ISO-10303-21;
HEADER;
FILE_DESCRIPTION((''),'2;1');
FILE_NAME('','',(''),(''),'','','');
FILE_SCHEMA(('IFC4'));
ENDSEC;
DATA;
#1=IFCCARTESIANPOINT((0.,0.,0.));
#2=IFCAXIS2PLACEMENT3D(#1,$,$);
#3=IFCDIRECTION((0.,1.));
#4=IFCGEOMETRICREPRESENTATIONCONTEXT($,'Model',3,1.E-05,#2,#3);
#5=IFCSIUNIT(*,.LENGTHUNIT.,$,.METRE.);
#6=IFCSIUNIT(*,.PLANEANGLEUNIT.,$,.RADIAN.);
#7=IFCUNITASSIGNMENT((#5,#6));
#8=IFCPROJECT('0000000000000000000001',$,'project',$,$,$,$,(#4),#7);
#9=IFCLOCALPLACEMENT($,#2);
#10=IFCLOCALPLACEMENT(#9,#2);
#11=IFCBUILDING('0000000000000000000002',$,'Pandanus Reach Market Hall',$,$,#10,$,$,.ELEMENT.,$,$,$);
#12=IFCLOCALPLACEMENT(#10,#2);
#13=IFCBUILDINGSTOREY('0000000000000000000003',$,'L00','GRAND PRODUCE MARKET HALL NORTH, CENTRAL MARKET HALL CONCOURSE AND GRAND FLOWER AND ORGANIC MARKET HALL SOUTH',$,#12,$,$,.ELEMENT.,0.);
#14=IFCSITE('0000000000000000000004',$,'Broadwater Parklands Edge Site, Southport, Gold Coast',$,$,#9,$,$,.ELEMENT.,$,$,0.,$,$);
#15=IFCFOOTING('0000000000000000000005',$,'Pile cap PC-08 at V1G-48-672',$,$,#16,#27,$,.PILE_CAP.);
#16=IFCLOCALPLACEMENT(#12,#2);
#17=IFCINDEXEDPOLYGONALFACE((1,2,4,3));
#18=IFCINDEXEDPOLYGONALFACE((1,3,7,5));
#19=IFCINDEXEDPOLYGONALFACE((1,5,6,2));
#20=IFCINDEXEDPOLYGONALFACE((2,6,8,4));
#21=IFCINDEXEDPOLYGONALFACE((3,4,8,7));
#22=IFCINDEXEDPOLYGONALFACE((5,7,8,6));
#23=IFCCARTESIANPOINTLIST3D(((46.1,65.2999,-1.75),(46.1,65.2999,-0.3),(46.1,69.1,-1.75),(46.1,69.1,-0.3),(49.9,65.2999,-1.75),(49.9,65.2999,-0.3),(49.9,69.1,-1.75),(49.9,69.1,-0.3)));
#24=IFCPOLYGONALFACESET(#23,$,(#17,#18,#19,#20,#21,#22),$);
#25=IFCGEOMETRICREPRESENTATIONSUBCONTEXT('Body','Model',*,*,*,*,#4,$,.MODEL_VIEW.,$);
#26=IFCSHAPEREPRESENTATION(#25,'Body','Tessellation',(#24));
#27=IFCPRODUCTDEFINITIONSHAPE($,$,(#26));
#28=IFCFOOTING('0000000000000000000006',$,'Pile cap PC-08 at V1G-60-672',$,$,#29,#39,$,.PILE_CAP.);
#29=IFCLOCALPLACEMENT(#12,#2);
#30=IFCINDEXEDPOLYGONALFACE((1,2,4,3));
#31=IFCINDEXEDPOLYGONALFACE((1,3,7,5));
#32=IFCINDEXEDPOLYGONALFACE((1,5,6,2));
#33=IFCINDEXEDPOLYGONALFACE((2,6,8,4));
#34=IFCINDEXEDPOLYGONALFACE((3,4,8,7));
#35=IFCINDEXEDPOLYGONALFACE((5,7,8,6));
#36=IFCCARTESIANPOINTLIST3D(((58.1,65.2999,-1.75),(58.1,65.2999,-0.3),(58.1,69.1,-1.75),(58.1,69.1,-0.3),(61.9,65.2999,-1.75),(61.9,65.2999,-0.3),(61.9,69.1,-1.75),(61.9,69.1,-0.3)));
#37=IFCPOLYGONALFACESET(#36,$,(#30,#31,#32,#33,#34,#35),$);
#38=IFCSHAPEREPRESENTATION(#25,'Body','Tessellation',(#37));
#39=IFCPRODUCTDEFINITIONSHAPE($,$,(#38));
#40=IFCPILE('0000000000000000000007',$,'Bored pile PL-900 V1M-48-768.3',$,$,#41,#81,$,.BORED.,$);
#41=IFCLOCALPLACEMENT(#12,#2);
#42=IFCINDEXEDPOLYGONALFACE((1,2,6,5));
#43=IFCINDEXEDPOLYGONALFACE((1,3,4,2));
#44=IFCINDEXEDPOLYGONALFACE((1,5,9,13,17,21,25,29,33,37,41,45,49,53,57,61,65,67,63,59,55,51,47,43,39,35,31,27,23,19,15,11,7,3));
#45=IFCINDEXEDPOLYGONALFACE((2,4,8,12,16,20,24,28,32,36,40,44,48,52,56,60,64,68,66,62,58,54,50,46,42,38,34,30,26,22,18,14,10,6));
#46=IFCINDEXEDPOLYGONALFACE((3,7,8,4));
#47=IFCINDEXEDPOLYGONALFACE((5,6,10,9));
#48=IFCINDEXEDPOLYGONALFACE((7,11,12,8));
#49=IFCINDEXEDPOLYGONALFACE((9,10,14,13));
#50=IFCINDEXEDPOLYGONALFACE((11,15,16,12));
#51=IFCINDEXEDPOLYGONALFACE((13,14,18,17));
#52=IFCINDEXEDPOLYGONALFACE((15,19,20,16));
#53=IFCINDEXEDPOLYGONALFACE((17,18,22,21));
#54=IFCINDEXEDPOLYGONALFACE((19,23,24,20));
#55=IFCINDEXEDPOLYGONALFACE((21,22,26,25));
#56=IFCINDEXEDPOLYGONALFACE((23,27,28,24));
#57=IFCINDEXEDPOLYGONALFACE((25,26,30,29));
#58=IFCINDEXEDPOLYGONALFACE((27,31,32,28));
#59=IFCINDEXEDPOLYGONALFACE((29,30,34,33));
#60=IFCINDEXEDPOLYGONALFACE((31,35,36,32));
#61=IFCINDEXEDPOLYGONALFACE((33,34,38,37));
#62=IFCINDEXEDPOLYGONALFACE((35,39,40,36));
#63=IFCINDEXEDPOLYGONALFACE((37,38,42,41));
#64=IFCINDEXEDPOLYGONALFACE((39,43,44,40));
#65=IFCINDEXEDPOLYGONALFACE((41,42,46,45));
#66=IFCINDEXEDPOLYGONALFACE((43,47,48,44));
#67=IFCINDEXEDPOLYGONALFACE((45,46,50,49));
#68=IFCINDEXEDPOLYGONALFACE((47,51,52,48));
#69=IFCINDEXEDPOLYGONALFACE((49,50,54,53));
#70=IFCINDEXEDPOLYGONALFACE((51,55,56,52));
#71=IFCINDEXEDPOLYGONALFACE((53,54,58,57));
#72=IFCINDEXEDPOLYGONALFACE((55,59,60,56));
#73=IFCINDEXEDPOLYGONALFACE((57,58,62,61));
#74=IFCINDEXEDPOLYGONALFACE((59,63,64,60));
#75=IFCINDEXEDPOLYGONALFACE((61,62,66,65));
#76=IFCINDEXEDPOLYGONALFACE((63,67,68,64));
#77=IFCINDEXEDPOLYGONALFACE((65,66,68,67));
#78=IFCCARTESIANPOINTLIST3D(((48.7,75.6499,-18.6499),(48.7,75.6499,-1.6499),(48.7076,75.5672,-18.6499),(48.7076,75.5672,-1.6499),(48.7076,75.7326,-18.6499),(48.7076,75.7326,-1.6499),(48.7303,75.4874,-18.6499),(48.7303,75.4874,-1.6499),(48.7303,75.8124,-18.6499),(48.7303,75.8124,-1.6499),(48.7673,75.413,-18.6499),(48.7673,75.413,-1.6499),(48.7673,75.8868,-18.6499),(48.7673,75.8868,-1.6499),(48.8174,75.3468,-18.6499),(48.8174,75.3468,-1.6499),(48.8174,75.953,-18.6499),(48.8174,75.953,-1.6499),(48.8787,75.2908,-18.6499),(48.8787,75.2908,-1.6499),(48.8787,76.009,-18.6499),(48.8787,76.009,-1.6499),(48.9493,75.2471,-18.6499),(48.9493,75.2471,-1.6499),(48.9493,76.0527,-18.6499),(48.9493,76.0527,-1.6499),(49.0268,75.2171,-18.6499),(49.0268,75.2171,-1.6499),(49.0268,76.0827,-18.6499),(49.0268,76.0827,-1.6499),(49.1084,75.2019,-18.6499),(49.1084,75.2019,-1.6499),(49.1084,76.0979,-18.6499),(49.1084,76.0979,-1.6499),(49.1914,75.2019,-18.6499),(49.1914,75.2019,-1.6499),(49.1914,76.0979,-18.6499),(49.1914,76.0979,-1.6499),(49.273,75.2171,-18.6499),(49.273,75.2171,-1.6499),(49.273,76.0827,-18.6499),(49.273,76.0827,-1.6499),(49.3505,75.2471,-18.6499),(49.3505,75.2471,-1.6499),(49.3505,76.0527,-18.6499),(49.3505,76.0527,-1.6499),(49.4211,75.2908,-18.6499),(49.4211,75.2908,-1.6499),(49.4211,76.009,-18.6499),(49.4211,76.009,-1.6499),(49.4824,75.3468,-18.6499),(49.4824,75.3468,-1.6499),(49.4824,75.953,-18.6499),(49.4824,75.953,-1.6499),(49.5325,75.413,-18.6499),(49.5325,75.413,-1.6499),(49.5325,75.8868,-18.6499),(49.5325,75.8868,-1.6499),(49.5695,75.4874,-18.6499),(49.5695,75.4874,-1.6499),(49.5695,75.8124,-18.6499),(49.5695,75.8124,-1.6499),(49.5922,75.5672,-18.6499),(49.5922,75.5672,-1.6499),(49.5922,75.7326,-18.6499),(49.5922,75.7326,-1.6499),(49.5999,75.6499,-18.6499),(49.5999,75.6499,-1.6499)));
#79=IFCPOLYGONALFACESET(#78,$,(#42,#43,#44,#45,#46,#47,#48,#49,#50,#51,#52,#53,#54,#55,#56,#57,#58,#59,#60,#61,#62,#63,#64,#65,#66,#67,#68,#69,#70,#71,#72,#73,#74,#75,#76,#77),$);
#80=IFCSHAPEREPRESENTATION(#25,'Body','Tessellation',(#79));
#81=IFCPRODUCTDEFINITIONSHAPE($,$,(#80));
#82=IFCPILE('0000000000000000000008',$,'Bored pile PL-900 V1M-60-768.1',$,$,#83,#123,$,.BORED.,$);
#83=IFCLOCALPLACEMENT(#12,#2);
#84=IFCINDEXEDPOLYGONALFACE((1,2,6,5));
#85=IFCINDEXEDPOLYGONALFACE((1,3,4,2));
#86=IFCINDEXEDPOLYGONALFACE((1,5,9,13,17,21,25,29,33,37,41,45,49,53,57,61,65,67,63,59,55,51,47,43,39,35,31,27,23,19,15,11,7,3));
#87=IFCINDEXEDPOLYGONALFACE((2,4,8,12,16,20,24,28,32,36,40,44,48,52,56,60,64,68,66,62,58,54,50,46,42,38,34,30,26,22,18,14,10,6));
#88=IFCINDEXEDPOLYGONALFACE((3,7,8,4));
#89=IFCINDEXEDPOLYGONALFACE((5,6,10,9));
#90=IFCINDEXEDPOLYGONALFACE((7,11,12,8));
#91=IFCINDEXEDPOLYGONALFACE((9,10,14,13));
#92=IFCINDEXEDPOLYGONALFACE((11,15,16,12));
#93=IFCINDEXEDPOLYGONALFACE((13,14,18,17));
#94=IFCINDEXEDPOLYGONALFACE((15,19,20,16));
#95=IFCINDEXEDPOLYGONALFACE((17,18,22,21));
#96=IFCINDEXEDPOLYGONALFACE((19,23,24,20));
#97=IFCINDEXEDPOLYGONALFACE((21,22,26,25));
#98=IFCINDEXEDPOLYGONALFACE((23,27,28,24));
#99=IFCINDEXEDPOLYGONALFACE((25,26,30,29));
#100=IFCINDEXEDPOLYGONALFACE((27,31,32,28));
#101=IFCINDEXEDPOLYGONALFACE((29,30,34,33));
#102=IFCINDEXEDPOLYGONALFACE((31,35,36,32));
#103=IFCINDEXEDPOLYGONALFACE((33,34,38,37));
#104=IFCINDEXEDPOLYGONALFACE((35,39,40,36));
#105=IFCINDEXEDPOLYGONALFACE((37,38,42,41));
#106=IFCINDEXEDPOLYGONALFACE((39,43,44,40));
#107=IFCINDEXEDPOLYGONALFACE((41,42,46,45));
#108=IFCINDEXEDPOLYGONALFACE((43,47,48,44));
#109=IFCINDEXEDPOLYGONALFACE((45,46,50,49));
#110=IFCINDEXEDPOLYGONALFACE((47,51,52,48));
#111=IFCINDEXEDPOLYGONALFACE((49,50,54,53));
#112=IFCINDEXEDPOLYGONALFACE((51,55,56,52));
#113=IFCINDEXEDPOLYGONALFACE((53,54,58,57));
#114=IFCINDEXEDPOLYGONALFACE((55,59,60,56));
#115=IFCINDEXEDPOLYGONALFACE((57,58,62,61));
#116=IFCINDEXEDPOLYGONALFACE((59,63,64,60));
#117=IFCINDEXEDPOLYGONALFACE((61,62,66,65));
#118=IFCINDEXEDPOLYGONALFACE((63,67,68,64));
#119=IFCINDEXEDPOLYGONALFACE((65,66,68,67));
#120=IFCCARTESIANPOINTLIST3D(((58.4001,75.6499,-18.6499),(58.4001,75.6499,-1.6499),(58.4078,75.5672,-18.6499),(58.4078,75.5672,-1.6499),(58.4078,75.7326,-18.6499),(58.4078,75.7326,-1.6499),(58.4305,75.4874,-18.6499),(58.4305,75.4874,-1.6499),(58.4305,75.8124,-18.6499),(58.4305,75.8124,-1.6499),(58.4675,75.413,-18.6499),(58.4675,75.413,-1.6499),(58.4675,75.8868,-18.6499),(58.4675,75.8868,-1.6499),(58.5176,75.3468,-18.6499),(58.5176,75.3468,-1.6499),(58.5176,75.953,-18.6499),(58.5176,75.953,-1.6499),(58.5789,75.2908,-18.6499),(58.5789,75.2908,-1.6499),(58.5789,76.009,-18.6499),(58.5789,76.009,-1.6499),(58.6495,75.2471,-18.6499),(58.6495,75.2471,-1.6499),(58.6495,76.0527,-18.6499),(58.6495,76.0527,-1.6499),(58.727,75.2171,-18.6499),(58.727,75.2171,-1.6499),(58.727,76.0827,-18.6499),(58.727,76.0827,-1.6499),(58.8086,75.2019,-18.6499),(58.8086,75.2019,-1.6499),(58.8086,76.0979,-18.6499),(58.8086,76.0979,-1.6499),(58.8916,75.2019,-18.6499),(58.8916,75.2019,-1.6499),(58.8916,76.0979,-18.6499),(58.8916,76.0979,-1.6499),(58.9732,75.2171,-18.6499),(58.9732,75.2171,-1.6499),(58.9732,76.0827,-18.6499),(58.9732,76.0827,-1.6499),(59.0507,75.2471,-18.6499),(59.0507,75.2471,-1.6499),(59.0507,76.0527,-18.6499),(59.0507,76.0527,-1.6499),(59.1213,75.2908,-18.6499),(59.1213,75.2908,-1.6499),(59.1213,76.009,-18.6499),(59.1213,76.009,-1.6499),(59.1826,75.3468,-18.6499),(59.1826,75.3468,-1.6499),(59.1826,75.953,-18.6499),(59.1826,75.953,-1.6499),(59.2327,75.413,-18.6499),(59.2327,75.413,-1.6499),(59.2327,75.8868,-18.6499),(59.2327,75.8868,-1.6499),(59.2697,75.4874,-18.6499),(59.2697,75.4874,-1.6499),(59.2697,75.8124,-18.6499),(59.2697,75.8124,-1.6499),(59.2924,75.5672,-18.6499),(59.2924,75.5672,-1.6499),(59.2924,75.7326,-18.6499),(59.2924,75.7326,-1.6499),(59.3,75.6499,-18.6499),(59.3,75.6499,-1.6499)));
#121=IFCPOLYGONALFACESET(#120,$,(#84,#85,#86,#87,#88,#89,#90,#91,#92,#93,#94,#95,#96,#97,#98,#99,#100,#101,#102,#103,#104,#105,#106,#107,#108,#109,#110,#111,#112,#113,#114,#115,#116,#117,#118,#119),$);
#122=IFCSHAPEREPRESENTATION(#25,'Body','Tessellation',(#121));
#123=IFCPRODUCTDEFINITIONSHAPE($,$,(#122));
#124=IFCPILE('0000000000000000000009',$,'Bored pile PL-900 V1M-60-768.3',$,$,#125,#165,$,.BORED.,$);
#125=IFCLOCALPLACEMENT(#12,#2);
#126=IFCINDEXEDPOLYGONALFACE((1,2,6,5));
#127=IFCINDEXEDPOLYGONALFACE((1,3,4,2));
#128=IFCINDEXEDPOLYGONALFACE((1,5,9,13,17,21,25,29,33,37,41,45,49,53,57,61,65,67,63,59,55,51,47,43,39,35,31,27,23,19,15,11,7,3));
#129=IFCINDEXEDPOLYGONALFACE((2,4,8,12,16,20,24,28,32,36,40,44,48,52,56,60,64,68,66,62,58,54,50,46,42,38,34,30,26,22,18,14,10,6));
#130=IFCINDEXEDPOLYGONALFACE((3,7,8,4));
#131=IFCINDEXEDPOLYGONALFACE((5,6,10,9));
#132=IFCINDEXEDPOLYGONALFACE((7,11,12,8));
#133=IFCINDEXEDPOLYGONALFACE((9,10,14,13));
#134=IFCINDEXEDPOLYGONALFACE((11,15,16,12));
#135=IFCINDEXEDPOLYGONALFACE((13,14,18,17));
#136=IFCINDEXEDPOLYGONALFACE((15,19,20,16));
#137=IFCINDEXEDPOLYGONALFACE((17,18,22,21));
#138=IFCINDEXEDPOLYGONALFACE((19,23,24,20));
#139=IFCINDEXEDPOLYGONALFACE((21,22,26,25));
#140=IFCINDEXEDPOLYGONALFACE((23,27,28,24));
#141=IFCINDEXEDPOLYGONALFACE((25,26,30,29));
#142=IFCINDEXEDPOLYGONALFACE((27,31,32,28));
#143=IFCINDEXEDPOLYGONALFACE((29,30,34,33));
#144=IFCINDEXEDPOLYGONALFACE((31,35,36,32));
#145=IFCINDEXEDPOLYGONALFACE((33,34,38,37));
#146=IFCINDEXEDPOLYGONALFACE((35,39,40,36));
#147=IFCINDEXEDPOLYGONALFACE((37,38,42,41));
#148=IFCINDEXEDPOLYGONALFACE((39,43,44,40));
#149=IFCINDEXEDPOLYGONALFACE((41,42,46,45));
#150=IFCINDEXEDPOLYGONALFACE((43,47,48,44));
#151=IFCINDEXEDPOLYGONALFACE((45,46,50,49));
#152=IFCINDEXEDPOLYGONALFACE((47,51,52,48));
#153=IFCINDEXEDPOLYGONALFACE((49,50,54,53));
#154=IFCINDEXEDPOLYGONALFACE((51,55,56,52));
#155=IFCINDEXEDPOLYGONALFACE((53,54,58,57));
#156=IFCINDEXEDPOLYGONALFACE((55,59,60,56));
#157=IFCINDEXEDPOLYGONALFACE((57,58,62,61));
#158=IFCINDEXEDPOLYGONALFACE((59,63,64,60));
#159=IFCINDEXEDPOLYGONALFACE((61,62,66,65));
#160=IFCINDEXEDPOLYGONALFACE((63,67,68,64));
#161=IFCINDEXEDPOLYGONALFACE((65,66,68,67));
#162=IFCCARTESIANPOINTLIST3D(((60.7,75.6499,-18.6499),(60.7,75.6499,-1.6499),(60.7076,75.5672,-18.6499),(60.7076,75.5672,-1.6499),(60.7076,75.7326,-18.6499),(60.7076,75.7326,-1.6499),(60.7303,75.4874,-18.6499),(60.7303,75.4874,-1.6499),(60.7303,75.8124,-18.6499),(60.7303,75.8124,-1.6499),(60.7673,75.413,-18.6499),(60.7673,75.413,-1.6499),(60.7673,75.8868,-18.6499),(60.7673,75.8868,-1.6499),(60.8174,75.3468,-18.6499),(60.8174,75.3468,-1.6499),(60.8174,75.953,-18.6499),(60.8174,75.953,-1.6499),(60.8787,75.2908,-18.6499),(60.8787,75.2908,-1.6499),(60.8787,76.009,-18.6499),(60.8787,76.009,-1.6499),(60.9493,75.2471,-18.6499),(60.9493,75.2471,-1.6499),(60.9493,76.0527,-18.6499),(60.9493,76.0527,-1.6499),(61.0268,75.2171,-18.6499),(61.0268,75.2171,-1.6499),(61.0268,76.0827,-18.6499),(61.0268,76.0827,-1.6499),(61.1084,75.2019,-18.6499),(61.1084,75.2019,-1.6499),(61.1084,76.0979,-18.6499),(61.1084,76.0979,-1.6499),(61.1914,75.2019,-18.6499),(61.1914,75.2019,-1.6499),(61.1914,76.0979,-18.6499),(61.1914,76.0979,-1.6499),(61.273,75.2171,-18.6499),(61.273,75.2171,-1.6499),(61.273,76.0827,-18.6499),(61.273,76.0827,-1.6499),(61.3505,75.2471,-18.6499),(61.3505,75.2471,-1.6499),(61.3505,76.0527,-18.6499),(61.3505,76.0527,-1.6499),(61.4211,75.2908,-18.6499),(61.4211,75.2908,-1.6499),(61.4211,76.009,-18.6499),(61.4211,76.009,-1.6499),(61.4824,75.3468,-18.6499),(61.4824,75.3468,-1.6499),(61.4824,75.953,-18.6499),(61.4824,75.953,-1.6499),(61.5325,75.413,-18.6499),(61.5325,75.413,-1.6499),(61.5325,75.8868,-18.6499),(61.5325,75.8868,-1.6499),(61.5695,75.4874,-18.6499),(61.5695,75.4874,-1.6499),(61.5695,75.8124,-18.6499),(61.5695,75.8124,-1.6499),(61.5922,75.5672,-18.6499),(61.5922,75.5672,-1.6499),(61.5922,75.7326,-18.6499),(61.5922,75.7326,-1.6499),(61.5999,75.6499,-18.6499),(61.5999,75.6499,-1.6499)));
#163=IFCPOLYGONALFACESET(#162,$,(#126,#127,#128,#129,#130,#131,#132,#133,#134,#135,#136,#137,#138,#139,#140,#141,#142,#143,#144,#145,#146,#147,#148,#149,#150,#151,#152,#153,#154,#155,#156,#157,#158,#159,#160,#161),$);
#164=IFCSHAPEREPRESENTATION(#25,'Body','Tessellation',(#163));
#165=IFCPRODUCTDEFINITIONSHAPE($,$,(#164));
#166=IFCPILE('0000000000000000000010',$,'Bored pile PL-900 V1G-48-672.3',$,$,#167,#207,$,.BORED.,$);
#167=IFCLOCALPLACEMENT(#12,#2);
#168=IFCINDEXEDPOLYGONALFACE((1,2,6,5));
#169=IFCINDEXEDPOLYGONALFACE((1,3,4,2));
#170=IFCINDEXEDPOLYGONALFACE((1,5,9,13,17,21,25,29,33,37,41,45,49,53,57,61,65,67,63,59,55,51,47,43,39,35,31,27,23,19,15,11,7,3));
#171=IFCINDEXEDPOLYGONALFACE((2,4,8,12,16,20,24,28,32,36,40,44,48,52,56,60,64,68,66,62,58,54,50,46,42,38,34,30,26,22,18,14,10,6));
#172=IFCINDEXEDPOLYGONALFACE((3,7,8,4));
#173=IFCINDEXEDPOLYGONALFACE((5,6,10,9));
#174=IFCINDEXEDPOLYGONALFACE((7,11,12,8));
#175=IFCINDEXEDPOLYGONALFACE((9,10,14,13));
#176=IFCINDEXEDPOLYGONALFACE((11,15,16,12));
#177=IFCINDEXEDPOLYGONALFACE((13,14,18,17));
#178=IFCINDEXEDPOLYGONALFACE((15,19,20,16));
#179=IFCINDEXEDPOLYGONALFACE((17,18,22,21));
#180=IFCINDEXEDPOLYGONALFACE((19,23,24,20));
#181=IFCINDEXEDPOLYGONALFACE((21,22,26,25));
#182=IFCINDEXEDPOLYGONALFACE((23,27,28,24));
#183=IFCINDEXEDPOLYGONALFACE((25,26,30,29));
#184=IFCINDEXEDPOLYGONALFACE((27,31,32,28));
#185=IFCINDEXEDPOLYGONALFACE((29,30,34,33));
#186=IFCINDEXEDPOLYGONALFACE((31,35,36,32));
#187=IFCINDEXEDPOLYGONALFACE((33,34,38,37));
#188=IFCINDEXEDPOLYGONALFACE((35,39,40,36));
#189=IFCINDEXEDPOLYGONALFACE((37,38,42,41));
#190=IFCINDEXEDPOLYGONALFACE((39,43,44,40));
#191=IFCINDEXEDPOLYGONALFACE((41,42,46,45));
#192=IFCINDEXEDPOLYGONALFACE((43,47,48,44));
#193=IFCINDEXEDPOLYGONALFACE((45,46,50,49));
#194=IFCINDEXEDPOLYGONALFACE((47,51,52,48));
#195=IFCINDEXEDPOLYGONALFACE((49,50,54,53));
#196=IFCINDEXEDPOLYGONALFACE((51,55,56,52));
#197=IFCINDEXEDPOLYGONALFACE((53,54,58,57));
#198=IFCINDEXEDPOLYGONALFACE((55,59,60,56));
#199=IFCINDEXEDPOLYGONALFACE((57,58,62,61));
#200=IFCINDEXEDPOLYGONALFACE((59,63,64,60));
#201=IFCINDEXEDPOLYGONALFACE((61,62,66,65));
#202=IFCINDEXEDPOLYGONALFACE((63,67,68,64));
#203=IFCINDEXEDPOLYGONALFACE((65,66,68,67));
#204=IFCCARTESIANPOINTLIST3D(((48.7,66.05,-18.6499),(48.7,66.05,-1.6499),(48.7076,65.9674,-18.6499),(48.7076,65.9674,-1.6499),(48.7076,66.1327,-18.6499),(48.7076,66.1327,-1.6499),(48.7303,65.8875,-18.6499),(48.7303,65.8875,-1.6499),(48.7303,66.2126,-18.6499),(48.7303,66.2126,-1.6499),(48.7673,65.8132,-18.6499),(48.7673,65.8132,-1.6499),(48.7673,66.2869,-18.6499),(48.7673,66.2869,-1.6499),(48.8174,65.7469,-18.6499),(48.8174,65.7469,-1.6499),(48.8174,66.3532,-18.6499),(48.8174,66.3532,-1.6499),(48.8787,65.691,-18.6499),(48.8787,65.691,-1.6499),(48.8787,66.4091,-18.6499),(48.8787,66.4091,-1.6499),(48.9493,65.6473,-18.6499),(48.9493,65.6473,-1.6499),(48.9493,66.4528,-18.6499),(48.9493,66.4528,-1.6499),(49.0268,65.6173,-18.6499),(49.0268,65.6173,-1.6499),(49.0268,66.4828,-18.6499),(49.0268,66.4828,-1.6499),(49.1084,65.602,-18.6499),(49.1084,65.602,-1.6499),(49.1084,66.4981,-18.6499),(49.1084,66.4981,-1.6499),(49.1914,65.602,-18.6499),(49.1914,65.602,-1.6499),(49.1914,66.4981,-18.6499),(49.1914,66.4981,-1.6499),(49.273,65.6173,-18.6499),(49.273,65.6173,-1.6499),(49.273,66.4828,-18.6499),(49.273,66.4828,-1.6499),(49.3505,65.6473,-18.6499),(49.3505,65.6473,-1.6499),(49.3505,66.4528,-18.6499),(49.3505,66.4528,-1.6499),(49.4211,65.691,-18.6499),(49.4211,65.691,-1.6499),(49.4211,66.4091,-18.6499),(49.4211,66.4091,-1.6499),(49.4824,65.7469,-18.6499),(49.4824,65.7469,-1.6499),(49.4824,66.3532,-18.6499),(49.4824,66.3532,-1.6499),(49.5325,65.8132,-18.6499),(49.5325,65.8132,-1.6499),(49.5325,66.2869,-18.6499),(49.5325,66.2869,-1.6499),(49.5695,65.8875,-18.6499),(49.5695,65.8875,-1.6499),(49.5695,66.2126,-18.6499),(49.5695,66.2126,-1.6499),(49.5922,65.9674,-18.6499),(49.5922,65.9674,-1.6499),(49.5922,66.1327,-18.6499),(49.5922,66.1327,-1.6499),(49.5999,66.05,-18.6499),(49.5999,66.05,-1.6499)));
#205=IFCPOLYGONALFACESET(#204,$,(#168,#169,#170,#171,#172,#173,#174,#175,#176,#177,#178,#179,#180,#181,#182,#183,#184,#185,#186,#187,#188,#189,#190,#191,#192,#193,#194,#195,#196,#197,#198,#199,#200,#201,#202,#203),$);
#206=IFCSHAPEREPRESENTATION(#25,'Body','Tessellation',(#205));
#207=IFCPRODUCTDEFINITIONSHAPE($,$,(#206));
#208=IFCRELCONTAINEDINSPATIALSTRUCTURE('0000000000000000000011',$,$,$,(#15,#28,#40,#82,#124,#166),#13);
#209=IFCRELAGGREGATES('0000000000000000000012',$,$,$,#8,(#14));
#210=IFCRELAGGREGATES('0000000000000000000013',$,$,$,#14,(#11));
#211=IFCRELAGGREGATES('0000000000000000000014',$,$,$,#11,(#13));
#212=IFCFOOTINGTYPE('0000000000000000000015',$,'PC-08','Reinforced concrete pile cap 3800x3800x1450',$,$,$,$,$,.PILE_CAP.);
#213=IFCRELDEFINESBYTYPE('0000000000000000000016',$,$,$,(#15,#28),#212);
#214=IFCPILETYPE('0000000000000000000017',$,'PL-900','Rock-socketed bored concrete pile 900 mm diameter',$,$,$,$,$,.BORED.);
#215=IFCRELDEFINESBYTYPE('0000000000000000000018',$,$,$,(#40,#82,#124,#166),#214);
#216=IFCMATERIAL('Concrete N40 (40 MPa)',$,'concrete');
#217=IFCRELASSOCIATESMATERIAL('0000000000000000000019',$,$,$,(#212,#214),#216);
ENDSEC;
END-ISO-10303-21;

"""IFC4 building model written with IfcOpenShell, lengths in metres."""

from ifc_helpers import new_model, si_unit, direction, frame, origin, origin_2d, place, context, subcontext, project, spatial, rectangle, circle, extrude, material, material_profile, profile_set, type_object, element, save


model = new_model("IFC4")

# Units and contexts
model_context = context("Model", 3, precision=1e-05, world=origin(), true_north=direction((0.0, 1.0)))
body_context = subcontext(model_context, "Body", "Model", "MODEL_VIEW")
ifc_project = project(units=[si_unit("LENGTHUNIT", "METRE"), si_unit("PLANEANGLEUNIT", "RADIAN")], contexts=[model_context])

# Site, building, storey
site_placement = place(None, origin())
site = spatial("IfcSite", under=ifc_project, at=site_placement, Name="Broadwater Parklands Edge Site, Southport, Gold Coast", CompositionType="ELEMENT", RefElevation=0.0)
building_placement = place(site_placement, origin())
building = spatial("IfcBuilding", under=site, at=building_placement, Name="Pandanus Reach Market Hall", CompositionType="ELEMENT")
storey_placement = place(building_placement, origin())
storey = spatial("IfcBuildingStorey", under=building, at=storey_placement, Name="L00", Description="GRAND PRODUCE MARKET HALL NORTH, CENTRAL MARKET HALL CONCOURSE AND GRAND FLOWER AND ORGANIC MARKET HALL SOUTH", CompositionType="ELEMENT", Elevation=0.0)

# Footings
ifc_material_1 = material(Name="Concrete N40 (40 MPa)", Category="concrete")
footing_type = type_object("IfcFootingType", Name="PC-08", Description="Reinforced concrete pile cap 3800x3800x1450", PredefinedType="PILE_CAP", material=ifc_material_1)
for number, where, z_axis, x_axis, name in (
    (1, (48.0, 67.2, -1.75), (0.0, 0.0, 1.0), (1.0, 0.0, 0.0), "Pile cap PC-08 at V1G-48-672"),
    (2, (60.0, 67.2, -1.75), (0.0, 0.0, 1.0), (1.0, 0.0, 0.0), "Pile cap PC-08 at V1G-60-672"),
):
    element("IfcFooting", number, at=place(storey_placement, frame(where, z_axis=z_axis, x_axis=x_axis)), inside=storey, type_object=footing_type, Name=name, PredefinedType="PILE_CAP", context=body_context, shape_type="SweptSolid", body=[
        extrude(rectangle(XDim=3.8, YDim=3.8, at=origin_2d()), origin(), (0.0, 0.0, 1.0), 1.45),
    ])

# Piles
ifc_material_profile_1 = material_profile(ifc_material_1, circle(Radius=0.45, at=origin_2d()), Name="PILE-900D", Category="LoadBearing")
ifc_profile_set_1 = profile_set([ifc_material_profile_1], Name="Concrete N40 (40 MPa)")
pile_type = type_object("IfcPileType", Name="PL-900", Description="Rock-socketed bored concrete pile 900 mm diameter", PredefinedType="BORED", material=ifc_profile_set_1)
for number, where, z_axis, x_axis, name in (
    (3, (49.1499, 75.6499, -1.6499), (0.0, 0.0, -1.0), (1.0, 0.0, 0.0), "Bored pile PL-900 V1M-48-768.3"),
    (4, (58.8501, 75.6499, -1.6499), (0.0, 0.0, -1.0), (1.0, 0.0, 0.0), "Bored pile PL-900 V1M-60-768.1"),
    (5, (61.1499, 75.6499, -1.6499), (0.0, 0.0, -1.0), (1.0, 0.0, 0.0), "Bored pile PL-900 V1M-60-768.3"),
    (6, (49.1499, 66.05, -1.6499), (0.0, 0.0, -1.0), (1.0, 0.0, 0.0), "Bored pile PL-900 V1G-48-672.3"),
):
    element("IfcPile", number, at=place(storey_placement, frame(where, z_axis=z_axis, x_axis=x_axis)), inside=storey, type_object=pile_type, Name=name, PredefinedType="BORED", context=body_context, shape_type="SweptSolid", body=[
        extrude(circle(Radius=0.45, at=origin_2d()), origin(), (0.0, 0.0, 1.0), 17.0),
    ])

save(model, "model.ifc")
